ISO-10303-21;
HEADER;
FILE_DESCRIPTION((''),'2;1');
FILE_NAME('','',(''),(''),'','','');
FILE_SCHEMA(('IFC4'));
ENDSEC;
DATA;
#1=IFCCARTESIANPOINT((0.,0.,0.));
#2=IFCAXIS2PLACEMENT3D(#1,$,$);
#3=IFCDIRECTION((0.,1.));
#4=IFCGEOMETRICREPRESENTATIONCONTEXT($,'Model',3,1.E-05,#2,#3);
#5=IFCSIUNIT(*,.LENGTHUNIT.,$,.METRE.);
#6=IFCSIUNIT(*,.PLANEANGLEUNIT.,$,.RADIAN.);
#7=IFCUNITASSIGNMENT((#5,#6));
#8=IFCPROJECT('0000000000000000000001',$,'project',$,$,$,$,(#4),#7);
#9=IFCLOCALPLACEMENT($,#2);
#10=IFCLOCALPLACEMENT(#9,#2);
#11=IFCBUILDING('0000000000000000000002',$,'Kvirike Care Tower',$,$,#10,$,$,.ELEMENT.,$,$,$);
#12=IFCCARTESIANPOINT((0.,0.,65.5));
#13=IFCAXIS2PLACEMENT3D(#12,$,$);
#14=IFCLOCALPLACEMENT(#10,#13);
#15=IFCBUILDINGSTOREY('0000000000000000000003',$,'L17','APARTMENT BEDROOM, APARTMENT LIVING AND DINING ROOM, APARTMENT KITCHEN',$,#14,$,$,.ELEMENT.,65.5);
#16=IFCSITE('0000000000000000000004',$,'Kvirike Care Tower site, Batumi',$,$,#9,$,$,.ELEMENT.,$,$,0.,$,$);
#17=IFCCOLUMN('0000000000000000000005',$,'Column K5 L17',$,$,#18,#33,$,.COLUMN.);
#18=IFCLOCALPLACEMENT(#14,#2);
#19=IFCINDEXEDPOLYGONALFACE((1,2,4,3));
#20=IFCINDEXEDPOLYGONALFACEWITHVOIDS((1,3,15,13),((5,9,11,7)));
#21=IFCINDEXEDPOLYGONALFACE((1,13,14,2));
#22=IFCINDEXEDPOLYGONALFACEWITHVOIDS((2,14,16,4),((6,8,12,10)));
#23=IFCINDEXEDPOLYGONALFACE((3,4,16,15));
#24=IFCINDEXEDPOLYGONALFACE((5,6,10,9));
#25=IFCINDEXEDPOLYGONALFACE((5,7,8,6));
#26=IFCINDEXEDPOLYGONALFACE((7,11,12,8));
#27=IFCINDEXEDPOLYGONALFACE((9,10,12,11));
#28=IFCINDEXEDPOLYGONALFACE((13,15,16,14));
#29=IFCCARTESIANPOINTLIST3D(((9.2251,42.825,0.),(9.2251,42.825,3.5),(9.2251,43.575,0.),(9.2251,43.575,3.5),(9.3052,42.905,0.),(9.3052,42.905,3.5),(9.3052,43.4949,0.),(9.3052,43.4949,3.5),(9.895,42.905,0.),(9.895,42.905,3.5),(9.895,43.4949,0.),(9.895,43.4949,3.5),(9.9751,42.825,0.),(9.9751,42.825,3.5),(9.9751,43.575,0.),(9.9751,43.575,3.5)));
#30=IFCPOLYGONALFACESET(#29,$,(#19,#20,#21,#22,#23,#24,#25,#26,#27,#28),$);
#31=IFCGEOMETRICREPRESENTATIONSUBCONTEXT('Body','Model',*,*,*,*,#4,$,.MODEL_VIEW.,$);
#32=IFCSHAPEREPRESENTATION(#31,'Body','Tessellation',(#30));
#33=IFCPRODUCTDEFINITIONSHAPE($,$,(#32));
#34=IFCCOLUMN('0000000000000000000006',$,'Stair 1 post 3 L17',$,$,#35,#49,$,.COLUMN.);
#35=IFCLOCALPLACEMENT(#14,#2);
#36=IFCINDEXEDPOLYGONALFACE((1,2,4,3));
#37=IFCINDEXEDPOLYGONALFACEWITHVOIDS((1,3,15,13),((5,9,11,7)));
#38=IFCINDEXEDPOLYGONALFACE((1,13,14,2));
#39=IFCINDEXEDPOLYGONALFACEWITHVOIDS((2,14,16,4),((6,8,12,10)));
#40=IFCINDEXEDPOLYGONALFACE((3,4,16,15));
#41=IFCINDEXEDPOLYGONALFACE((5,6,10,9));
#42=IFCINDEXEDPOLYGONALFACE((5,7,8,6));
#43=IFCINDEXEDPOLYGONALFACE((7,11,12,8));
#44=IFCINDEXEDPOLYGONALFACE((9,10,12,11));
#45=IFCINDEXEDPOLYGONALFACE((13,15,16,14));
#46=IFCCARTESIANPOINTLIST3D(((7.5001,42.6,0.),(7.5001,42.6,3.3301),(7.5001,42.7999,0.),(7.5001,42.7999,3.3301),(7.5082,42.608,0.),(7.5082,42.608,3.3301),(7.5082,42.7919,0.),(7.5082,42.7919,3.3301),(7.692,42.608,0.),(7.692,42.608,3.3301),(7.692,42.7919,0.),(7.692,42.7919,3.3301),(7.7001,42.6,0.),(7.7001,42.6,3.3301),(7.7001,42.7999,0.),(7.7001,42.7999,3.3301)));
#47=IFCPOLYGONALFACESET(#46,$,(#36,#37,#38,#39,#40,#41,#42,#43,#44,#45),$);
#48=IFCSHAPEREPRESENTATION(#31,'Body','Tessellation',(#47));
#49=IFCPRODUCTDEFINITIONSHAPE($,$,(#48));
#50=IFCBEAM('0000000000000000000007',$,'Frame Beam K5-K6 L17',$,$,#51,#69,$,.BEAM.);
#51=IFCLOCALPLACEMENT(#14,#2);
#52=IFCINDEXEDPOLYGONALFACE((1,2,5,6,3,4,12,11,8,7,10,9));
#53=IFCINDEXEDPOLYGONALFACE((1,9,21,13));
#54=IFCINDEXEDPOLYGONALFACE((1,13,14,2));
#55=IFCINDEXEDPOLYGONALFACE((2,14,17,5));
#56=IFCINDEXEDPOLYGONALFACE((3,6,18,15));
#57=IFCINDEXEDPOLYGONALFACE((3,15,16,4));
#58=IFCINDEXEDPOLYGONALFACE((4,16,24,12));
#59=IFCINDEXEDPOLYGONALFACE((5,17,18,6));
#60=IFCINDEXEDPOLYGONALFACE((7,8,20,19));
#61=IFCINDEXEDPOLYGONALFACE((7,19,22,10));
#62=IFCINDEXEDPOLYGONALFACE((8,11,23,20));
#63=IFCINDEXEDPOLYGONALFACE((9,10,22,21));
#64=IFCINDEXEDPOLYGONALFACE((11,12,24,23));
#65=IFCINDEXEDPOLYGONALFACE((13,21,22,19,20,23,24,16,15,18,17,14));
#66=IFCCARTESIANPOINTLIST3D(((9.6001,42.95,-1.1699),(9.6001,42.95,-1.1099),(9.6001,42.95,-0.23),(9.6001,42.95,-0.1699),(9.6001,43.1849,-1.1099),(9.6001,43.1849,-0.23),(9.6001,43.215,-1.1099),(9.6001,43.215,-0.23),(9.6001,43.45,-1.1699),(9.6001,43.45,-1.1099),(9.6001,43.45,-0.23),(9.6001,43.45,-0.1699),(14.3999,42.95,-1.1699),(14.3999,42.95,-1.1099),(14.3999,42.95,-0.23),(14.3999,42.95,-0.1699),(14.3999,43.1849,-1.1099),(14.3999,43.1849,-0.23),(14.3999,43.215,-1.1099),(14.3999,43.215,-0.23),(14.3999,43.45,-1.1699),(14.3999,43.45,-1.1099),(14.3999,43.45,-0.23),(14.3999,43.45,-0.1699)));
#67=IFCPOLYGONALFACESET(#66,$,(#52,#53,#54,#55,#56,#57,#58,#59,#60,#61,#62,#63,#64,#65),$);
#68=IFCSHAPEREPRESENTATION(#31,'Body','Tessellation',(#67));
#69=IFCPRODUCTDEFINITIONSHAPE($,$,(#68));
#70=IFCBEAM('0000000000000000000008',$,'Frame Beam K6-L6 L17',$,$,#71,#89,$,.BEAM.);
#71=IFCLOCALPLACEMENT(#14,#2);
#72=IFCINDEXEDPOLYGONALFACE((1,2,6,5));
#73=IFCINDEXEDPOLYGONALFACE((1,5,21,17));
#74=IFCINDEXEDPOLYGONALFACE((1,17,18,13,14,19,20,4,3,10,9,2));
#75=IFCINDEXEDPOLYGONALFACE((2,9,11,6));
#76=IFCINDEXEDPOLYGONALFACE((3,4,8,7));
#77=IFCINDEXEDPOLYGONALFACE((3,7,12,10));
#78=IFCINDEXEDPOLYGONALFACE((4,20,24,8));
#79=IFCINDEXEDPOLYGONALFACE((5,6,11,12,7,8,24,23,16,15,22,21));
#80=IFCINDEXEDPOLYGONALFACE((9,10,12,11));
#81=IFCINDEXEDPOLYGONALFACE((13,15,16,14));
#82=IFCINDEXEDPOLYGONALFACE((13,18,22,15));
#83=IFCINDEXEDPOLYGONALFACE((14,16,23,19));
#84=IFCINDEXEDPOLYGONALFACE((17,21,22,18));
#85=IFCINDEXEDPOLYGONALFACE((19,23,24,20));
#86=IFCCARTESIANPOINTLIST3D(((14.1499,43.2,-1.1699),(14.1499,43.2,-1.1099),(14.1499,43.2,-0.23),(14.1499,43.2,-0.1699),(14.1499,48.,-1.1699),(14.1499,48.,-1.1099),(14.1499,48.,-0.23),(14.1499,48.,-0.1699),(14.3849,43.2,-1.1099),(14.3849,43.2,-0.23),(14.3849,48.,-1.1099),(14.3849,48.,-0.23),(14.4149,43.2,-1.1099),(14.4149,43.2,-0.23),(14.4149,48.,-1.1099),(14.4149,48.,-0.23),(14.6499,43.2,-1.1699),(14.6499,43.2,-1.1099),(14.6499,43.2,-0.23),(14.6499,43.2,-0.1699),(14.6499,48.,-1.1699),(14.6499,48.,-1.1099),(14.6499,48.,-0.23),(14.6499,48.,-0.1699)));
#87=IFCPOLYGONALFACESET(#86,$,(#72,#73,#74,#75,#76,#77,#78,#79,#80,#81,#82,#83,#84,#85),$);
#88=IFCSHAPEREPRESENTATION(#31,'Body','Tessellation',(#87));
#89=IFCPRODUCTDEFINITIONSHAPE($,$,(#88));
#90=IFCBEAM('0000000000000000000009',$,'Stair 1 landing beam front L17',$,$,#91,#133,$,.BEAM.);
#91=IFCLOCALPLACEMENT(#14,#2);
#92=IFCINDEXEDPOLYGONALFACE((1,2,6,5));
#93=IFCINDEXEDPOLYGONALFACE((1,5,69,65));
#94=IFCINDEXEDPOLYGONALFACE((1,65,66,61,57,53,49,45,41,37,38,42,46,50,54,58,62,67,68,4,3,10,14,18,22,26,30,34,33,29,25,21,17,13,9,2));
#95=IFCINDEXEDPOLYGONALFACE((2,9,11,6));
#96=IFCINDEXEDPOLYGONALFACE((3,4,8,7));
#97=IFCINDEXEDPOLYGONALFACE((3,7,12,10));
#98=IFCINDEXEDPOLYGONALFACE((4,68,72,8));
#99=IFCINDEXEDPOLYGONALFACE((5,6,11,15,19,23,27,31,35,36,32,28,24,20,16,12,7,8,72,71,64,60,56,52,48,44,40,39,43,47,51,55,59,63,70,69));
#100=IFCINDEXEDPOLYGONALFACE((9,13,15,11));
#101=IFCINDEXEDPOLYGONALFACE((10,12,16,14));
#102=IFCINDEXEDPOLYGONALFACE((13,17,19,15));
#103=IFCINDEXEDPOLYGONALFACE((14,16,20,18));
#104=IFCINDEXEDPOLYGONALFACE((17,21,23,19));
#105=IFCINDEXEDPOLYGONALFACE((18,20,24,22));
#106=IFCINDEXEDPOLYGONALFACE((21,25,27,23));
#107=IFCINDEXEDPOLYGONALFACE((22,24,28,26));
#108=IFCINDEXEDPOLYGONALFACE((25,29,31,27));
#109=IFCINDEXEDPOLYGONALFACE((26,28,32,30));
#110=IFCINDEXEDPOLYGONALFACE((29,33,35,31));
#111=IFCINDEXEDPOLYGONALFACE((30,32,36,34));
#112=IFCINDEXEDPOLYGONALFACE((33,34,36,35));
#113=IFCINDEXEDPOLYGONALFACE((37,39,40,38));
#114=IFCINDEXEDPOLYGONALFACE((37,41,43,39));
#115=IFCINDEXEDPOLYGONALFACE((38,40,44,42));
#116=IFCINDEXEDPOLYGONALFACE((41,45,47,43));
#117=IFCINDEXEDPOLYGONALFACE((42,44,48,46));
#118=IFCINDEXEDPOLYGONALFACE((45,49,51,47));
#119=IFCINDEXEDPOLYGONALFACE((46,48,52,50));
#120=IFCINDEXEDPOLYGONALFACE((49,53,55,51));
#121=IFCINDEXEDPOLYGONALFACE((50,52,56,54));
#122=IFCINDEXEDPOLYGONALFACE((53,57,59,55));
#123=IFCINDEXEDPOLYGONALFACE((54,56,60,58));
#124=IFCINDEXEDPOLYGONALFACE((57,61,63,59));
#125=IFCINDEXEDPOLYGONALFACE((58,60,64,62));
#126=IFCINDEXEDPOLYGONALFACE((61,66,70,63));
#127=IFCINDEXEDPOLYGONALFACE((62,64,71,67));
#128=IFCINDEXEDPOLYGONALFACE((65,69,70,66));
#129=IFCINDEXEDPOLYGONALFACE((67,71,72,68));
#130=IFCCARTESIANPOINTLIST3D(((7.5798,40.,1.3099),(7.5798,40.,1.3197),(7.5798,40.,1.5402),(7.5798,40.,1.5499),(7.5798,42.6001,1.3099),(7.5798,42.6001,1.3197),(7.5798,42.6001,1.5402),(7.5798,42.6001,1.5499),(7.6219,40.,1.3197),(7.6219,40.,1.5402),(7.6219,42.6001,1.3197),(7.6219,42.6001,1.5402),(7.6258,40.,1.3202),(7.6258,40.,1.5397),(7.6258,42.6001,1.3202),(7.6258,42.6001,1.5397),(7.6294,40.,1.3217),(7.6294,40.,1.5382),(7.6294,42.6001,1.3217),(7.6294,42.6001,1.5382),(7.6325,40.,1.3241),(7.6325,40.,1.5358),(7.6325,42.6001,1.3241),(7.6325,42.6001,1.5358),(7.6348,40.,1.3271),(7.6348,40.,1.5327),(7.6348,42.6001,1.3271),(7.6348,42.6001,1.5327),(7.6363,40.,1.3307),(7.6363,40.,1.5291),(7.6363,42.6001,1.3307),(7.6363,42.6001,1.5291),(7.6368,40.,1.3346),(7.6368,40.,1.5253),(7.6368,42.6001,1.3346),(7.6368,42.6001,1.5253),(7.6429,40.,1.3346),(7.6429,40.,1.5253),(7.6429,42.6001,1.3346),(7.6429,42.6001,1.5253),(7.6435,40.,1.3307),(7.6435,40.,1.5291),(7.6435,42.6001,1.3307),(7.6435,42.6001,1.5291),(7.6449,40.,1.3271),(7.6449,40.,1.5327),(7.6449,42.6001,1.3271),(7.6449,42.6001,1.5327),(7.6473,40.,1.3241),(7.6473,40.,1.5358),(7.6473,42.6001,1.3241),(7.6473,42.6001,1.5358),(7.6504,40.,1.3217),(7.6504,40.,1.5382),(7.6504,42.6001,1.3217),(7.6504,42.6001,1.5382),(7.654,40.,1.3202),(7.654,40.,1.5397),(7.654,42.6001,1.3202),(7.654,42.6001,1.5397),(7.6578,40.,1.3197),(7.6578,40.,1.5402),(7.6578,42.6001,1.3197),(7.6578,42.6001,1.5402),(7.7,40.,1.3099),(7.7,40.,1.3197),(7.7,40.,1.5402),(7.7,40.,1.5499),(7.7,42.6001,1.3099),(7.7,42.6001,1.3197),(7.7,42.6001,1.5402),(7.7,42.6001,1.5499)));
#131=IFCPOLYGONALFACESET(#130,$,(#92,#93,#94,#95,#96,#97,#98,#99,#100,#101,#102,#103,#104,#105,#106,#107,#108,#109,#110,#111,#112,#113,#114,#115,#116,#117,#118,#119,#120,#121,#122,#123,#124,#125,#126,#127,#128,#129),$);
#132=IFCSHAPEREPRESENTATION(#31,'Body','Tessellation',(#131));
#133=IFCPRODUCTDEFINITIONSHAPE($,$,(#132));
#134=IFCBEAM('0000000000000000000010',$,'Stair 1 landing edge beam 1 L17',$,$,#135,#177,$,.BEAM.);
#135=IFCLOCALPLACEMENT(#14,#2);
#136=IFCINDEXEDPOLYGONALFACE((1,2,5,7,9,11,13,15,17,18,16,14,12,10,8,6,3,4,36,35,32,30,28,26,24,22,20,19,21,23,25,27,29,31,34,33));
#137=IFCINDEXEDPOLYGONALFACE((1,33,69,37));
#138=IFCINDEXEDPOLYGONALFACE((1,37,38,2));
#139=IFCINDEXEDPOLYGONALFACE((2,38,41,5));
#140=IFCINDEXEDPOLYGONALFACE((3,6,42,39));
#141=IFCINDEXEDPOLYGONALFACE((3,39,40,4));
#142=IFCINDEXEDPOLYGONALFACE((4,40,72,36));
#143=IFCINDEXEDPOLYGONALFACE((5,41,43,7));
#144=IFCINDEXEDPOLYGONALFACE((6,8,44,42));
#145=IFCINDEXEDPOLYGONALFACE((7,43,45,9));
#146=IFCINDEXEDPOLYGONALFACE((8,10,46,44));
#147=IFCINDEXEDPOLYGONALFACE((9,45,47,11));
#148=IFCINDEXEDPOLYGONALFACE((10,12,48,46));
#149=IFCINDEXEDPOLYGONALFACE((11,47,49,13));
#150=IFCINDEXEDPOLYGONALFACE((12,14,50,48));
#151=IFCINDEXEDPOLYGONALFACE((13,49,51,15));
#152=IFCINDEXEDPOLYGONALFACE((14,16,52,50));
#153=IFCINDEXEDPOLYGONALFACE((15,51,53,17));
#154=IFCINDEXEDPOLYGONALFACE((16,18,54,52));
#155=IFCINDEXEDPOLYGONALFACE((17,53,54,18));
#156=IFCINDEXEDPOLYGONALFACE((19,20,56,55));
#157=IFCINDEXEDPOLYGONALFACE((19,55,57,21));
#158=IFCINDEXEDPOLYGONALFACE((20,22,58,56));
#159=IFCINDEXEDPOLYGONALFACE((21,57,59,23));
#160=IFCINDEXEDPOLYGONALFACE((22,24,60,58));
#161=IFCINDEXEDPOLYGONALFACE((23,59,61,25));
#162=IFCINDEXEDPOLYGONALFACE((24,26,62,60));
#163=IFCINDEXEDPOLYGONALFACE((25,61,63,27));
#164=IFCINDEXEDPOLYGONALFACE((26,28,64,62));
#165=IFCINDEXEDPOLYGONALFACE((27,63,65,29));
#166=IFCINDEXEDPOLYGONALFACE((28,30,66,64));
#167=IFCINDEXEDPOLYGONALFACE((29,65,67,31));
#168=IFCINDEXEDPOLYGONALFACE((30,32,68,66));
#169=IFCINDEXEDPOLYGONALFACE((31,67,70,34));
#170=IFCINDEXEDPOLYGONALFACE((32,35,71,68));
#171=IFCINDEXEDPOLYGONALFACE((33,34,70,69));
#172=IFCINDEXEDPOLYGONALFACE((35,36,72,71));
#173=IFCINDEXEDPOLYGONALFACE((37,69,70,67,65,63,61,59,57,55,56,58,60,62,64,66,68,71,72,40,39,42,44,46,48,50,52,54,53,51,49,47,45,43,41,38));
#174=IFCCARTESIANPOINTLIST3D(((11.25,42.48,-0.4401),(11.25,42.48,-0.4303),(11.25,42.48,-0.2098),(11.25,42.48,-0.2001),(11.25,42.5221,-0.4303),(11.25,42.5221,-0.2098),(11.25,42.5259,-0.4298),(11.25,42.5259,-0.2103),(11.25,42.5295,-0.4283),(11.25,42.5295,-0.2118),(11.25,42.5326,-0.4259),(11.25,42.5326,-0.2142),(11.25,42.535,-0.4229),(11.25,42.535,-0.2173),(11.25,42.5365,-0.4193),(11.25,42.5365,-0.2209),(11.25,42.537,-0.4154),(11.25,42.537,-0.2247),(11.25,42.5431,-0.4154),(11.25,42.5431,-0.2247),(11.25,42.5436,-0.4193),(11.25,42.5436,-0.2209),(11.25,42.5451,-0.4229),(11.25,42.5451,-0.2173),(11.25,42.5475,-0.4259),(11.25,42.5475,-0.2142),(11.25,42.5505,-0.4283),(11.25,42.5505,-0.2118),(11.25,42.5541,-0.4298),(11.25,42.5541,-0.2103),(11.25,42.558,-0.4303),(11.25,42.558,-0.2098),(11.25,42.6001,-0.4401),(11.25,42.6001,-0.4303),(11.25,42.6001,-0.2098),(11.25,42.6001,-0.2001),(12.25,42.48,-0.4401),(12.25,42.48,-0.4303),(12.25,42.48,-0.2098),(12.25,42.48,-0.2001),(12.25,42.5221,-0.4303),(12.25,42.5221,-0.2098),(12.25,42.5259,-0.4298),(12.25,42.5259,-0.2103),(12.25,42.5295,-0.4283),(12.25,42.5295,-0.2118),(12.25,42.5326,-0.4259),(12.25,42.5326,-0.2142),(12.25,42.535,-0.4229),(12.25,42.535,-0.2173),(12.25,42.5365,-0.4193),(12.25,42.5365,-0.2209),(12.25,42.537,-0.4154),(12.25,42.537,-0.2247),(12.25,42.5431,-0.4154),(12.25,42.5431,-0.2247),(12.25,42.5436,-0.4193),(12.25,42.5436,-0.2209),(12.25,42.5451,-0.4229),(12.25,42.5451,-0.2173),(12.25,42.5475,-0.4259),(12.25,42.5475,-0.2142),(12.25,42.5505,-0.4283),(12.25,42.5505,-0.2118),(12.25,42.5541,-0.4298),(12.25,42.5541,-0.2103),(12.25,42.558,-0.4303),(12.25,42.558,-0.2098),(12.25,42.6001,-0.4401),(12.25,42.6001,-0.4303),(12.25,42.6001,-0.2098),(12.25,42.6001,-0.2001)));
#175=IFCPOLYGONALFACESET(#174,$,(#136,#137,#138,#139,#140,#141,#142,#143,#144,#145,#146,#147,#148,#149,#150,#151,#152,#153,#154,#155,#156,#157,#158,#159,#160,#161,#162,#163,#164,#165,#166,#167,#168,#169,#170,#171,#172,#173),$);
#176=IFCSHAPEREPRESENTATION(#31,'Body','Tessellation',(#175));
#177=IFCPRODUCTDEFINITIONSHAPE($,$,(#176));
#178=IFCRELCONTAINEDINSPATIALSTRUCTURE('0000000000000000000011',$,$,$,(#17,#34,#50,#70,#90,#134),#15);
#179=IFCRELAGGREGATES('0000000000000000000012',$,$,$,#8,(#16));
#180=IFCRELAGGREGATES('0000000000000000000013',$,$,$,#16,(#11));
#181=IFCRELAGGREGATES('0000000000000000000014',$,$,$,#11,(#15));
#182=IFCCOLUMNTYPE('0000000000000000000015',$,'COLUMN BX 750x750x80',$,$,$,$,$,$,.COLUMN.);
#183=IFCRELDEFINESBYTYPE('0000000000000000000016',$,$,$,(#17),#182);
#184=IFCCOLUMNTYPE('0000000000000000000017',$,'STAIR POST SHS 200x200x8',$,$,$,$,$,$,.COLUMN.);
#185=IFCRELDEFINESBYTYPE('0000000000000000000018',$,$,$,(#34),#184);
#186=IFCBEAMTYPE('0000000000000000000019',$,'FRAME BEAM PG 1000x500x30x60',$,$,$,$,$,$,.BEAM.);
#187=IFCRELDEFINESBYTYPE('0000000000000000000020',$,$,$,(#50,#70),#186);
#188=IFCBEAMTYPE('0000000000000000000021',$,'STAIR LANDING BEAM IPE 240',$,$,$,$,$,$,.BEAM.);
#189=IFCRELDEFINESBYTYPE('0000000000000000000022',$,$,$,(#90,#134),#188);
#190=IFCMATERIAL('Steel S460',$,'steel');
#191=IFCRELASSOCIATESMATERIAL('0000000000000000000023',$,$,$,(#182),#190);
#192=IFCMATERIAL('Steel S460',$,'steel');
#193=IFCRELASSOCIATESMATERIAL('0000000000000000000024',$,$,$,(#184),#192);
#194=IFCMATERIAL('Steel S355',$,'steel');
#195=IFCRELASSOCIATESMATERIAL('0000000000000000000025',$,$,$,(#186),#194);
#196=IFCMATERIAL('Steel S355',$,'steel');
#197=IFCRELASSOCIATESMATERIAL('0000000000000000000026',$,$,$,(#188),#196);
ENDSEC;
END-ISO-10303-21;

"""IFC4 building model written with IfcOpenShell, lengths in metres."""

from ifc_helpers import new_model, si_unit, direction, frame, origin, origin_2d, place, context, subcontext, project, spatial, hollow_rectangle, i_section, extrude, material, material_profile, profile_set, type_object, element, save


model = new_model("IFC4")

# Units and contexts
model_context = context("Model", 3, precision=1e-05, world=origin(), true_north=direction((0.0, 1.0)))
body_context = subcontext(model_context, "Body", "Model", "MODEL_VIEW")
ifc_project = project(units=[si_unit("LENGTHUNIT", "METRE"), si_unit("PLANEANGLEUNIT", "RADIAN")], contexts=[model_context])

# Site, building, storey
site_placement = place(None, origin())
site = spatial("IfcSite", under=ifc_project, at=site_placement, Name="Kvirike Care Tower site, Batumi", CompositionType="ELEMENT", RefElevation=0.0)
building_placement = place(site_placement, origin())
building = spatial("IfcBuilding", under=site, at=building_placement, Name="Kvirike Care Tower", CompositionType="ELEMENT")
storey_placement = place(building_placement, frame((0.0, 0.0, 65.5)))
storey = spatial("IfcBuildingStorey", under=building, at=storey_placement, Name="L17", Description="APARTMENT BEDROOM, APARTMENT LIVING AND DINING ROOM, APARTMENT KITCHEN", CompositionType="ELEMENT", Elevation=65.5)

# Columns
ifc_material_1 = material(Name="Steel S460", Category="steel")
ifc_material_profile_1 = material_profile(ifc_material_1, hollow_rectangle(XDim=0.75, YDim=0.75, WallThickness=0.0801, at=origin_2d()), Name="BX 750x750x80")
ifc_profile_set_1 = profile_set([ifc_material_profile_1], Name="Steel S460")
column_type_1 = type_object("IfcColumnType", Name="COLUMN BX 750x750x80", PredefinedType="COLUMN", material=ifc_profile_set_1)
column_1_placement = place(storey_placement, frame((9.6001, 43.2, 0.0), z_axis=(0.0, 0.0, 1.0), x_axis=(0.0, 1.0, 0.0)))
element("IfcColumn", 1, at=column_1_placement, inside=storey, type_object=column_type_1, Name="Column K5 L17", PredefinedType="COLUMN", context=body_context, shape_type="SweptSolid", body=[
    extrude(hollow_rectangle(XDim=0.75, YDim=0.75, WallThickness=0.0801, at=origin_2d()), origin(), (0.0, 0.0, 1.0), 3.5),
])
ifc_material_2 = material(Name="Steel S460", Category="steel")
ifc_material_profile_2 = material_profile(ifc_material_2, hollow_rectangle(XDim=0.2, YDim=0.2, WallThickness=0.0081, at=origin_2d()), Name="SHS 200x200x8")
ifc_profile_set_2 = profile_set([ifc_material_profile_2], Name="Steel S460")
column_type_2 = type_object("IfcColumnType", Name="STAIR POST SHS 200x200x8", PredefinedType="COLUMN", material=ifc_profile_set_2)
column_2_placement = place(storey_placement, frame((7.6001, 42.7, 0.0), z_axis=(0.0, 0.0, 1.0), x_axis=(1.0, 0.0, 0.0)))
element("IfcColumn", 2, at=column_2_placement, inside=storey, type_object=column_type_2, Name="Stair 1 post 3 L17", PredefinedType="COLUMN", context=body_context, shape_type="SweptSolid", body=[
    extrude(hollow_rectangle(XDim=0.2, YDim=0.2, WallThickness=0.0081, at=origin_2d()), origin(), (0.0, 0.0, 1.0), 3.3301),
])

# Beams
ifc_material_3 = material(Name="Steel S355", Category="steel")
ifc_material_profile_3 = material_profile(ifc_material_3, i_section(OverallWidth=0.5, OverallDepth=1.0, WebThickness=0.03, FlangeThickness=0.0601, at=origin_2d()), Name="PG 1000x500x30x60")
ifc_profile_set_3 = profile_set([ifc_material_profile_3], Name="Steel S355")
beam_type_1 = type_object("IfcBeamType", Name="FRAME BEAM PG 1000x500x30x60", PredefinedType="BEAM", material=ifc_profile_set_3)
beam_1_placement = place(storey_placement, frame((9.6001, 43.2, -0.6699), z_axis=(1.0, 0.0, 0.0), x_axis=(0.0, 1.0, 0.0)))
element("IfcBeam", 3, at=beam_1_placement, inside=storey, type_object=beam_type_1, Name="Frame Beam K5-K6 L17", PredefinedType="BEAM", context=body_context, shape_type="SweptSolid", body=[
    extrude(i_section(OverallWidth=0.5, OverallDepth=1.0, WebThickness=0.03, FlangeThickness=0.0601, at=origin_2d()), origin(), (0.0, 0.0, 1.0), 4.7998),
])
beam_2_placement = place(storey_placement, frame((14.3999, 43.2, -0.6699), z_axis=(0.0, 1.0, 0.0), x_axis=(-1.0, 0.0, 0.0)))
element("IfcBeam", 4, at=beam_2_placement, inside=storey, type_object=beam_type_1, Name="Frame Beam K6-L6 L17", PredefinedType="BEAM", context=body_context, shape_type="SweptSolid", body=[
    extrude(i_section(OverallWidth=0.5, OverallDepth=1.0, WebThickness=0.03, FlangeThickness=0.0601, at=origin_2d()), origin(), (0.0, 0.0, 1.0), 4.8),
])
ifc_material_4 = material(Name="Steel S355", Category="steel")
ifc_material_profile_4 = material_profile(ifc_material_4, i_section(OverallWidth=0.1201, OverallDepth=0.24, WebThickness=0.0061, FlangeThickness=0.0098, FilletRadius=0.0149, at=origin_2d()), Name="IPE 240")
ifc_profile_set_4 = profile_set([ifc_material_profile_4], Name="Steel S355")
beam_type_2 = type_object("IfcBeamType", Name="STAIR LANDING BEAM IPE 240", PredefinedType="BEAM", material=ifc_profile_set_4)
beam_3_placement = place(storey_placement, frame((7.6399, 42.6001, 1.4299), z_axis=(0.0, -1.0, 0.0), x_axis=(1.0, 0.0, 0.0)))
element("IfcBeam", 5, at=beam_3_placement, inside=storey, type_object=beam_type_2, Name="Stair 1 landing beam front L17", PredefinedType="BEAM", context=body_context, shape_type="SweptSolid", body=[
    extrude(i_section(OverallWidth=0.1201, OverallDepth=0.24, WebThickness=0.0061, FlangeThickness=0.0098, FilletRadius=0.0149, at=origin_2d()), origin(), (0.0, 0.0, 1.0), 2.6001),
])
beam_4_placement = place(storey_placement, frame((11.25, 42.54, -0.3201), z_axis=(1.0, 0.0, 0.0), x_axis=(0.0, 1.0, 0.0)))
element("IfcBeam", 6, at=beam_4_placement, inside=storey, type_object=beam_type_2, Name="Stair 1 landing edge beam 1 L17", PredefinedType="BEAM", context=body_context, shape_type="SweptSolid", body=[
    extrude(i_section(OverallWidth=0.1201, OverallDepth=0.24, WebThickness=0.0061, FlangeThickness=0.0098, FilletRadius=0.0149, at=origin_2d()), origin(), (0.0, 0.0, 1.0), 1.0),
])

save(model, "model.ifc")
